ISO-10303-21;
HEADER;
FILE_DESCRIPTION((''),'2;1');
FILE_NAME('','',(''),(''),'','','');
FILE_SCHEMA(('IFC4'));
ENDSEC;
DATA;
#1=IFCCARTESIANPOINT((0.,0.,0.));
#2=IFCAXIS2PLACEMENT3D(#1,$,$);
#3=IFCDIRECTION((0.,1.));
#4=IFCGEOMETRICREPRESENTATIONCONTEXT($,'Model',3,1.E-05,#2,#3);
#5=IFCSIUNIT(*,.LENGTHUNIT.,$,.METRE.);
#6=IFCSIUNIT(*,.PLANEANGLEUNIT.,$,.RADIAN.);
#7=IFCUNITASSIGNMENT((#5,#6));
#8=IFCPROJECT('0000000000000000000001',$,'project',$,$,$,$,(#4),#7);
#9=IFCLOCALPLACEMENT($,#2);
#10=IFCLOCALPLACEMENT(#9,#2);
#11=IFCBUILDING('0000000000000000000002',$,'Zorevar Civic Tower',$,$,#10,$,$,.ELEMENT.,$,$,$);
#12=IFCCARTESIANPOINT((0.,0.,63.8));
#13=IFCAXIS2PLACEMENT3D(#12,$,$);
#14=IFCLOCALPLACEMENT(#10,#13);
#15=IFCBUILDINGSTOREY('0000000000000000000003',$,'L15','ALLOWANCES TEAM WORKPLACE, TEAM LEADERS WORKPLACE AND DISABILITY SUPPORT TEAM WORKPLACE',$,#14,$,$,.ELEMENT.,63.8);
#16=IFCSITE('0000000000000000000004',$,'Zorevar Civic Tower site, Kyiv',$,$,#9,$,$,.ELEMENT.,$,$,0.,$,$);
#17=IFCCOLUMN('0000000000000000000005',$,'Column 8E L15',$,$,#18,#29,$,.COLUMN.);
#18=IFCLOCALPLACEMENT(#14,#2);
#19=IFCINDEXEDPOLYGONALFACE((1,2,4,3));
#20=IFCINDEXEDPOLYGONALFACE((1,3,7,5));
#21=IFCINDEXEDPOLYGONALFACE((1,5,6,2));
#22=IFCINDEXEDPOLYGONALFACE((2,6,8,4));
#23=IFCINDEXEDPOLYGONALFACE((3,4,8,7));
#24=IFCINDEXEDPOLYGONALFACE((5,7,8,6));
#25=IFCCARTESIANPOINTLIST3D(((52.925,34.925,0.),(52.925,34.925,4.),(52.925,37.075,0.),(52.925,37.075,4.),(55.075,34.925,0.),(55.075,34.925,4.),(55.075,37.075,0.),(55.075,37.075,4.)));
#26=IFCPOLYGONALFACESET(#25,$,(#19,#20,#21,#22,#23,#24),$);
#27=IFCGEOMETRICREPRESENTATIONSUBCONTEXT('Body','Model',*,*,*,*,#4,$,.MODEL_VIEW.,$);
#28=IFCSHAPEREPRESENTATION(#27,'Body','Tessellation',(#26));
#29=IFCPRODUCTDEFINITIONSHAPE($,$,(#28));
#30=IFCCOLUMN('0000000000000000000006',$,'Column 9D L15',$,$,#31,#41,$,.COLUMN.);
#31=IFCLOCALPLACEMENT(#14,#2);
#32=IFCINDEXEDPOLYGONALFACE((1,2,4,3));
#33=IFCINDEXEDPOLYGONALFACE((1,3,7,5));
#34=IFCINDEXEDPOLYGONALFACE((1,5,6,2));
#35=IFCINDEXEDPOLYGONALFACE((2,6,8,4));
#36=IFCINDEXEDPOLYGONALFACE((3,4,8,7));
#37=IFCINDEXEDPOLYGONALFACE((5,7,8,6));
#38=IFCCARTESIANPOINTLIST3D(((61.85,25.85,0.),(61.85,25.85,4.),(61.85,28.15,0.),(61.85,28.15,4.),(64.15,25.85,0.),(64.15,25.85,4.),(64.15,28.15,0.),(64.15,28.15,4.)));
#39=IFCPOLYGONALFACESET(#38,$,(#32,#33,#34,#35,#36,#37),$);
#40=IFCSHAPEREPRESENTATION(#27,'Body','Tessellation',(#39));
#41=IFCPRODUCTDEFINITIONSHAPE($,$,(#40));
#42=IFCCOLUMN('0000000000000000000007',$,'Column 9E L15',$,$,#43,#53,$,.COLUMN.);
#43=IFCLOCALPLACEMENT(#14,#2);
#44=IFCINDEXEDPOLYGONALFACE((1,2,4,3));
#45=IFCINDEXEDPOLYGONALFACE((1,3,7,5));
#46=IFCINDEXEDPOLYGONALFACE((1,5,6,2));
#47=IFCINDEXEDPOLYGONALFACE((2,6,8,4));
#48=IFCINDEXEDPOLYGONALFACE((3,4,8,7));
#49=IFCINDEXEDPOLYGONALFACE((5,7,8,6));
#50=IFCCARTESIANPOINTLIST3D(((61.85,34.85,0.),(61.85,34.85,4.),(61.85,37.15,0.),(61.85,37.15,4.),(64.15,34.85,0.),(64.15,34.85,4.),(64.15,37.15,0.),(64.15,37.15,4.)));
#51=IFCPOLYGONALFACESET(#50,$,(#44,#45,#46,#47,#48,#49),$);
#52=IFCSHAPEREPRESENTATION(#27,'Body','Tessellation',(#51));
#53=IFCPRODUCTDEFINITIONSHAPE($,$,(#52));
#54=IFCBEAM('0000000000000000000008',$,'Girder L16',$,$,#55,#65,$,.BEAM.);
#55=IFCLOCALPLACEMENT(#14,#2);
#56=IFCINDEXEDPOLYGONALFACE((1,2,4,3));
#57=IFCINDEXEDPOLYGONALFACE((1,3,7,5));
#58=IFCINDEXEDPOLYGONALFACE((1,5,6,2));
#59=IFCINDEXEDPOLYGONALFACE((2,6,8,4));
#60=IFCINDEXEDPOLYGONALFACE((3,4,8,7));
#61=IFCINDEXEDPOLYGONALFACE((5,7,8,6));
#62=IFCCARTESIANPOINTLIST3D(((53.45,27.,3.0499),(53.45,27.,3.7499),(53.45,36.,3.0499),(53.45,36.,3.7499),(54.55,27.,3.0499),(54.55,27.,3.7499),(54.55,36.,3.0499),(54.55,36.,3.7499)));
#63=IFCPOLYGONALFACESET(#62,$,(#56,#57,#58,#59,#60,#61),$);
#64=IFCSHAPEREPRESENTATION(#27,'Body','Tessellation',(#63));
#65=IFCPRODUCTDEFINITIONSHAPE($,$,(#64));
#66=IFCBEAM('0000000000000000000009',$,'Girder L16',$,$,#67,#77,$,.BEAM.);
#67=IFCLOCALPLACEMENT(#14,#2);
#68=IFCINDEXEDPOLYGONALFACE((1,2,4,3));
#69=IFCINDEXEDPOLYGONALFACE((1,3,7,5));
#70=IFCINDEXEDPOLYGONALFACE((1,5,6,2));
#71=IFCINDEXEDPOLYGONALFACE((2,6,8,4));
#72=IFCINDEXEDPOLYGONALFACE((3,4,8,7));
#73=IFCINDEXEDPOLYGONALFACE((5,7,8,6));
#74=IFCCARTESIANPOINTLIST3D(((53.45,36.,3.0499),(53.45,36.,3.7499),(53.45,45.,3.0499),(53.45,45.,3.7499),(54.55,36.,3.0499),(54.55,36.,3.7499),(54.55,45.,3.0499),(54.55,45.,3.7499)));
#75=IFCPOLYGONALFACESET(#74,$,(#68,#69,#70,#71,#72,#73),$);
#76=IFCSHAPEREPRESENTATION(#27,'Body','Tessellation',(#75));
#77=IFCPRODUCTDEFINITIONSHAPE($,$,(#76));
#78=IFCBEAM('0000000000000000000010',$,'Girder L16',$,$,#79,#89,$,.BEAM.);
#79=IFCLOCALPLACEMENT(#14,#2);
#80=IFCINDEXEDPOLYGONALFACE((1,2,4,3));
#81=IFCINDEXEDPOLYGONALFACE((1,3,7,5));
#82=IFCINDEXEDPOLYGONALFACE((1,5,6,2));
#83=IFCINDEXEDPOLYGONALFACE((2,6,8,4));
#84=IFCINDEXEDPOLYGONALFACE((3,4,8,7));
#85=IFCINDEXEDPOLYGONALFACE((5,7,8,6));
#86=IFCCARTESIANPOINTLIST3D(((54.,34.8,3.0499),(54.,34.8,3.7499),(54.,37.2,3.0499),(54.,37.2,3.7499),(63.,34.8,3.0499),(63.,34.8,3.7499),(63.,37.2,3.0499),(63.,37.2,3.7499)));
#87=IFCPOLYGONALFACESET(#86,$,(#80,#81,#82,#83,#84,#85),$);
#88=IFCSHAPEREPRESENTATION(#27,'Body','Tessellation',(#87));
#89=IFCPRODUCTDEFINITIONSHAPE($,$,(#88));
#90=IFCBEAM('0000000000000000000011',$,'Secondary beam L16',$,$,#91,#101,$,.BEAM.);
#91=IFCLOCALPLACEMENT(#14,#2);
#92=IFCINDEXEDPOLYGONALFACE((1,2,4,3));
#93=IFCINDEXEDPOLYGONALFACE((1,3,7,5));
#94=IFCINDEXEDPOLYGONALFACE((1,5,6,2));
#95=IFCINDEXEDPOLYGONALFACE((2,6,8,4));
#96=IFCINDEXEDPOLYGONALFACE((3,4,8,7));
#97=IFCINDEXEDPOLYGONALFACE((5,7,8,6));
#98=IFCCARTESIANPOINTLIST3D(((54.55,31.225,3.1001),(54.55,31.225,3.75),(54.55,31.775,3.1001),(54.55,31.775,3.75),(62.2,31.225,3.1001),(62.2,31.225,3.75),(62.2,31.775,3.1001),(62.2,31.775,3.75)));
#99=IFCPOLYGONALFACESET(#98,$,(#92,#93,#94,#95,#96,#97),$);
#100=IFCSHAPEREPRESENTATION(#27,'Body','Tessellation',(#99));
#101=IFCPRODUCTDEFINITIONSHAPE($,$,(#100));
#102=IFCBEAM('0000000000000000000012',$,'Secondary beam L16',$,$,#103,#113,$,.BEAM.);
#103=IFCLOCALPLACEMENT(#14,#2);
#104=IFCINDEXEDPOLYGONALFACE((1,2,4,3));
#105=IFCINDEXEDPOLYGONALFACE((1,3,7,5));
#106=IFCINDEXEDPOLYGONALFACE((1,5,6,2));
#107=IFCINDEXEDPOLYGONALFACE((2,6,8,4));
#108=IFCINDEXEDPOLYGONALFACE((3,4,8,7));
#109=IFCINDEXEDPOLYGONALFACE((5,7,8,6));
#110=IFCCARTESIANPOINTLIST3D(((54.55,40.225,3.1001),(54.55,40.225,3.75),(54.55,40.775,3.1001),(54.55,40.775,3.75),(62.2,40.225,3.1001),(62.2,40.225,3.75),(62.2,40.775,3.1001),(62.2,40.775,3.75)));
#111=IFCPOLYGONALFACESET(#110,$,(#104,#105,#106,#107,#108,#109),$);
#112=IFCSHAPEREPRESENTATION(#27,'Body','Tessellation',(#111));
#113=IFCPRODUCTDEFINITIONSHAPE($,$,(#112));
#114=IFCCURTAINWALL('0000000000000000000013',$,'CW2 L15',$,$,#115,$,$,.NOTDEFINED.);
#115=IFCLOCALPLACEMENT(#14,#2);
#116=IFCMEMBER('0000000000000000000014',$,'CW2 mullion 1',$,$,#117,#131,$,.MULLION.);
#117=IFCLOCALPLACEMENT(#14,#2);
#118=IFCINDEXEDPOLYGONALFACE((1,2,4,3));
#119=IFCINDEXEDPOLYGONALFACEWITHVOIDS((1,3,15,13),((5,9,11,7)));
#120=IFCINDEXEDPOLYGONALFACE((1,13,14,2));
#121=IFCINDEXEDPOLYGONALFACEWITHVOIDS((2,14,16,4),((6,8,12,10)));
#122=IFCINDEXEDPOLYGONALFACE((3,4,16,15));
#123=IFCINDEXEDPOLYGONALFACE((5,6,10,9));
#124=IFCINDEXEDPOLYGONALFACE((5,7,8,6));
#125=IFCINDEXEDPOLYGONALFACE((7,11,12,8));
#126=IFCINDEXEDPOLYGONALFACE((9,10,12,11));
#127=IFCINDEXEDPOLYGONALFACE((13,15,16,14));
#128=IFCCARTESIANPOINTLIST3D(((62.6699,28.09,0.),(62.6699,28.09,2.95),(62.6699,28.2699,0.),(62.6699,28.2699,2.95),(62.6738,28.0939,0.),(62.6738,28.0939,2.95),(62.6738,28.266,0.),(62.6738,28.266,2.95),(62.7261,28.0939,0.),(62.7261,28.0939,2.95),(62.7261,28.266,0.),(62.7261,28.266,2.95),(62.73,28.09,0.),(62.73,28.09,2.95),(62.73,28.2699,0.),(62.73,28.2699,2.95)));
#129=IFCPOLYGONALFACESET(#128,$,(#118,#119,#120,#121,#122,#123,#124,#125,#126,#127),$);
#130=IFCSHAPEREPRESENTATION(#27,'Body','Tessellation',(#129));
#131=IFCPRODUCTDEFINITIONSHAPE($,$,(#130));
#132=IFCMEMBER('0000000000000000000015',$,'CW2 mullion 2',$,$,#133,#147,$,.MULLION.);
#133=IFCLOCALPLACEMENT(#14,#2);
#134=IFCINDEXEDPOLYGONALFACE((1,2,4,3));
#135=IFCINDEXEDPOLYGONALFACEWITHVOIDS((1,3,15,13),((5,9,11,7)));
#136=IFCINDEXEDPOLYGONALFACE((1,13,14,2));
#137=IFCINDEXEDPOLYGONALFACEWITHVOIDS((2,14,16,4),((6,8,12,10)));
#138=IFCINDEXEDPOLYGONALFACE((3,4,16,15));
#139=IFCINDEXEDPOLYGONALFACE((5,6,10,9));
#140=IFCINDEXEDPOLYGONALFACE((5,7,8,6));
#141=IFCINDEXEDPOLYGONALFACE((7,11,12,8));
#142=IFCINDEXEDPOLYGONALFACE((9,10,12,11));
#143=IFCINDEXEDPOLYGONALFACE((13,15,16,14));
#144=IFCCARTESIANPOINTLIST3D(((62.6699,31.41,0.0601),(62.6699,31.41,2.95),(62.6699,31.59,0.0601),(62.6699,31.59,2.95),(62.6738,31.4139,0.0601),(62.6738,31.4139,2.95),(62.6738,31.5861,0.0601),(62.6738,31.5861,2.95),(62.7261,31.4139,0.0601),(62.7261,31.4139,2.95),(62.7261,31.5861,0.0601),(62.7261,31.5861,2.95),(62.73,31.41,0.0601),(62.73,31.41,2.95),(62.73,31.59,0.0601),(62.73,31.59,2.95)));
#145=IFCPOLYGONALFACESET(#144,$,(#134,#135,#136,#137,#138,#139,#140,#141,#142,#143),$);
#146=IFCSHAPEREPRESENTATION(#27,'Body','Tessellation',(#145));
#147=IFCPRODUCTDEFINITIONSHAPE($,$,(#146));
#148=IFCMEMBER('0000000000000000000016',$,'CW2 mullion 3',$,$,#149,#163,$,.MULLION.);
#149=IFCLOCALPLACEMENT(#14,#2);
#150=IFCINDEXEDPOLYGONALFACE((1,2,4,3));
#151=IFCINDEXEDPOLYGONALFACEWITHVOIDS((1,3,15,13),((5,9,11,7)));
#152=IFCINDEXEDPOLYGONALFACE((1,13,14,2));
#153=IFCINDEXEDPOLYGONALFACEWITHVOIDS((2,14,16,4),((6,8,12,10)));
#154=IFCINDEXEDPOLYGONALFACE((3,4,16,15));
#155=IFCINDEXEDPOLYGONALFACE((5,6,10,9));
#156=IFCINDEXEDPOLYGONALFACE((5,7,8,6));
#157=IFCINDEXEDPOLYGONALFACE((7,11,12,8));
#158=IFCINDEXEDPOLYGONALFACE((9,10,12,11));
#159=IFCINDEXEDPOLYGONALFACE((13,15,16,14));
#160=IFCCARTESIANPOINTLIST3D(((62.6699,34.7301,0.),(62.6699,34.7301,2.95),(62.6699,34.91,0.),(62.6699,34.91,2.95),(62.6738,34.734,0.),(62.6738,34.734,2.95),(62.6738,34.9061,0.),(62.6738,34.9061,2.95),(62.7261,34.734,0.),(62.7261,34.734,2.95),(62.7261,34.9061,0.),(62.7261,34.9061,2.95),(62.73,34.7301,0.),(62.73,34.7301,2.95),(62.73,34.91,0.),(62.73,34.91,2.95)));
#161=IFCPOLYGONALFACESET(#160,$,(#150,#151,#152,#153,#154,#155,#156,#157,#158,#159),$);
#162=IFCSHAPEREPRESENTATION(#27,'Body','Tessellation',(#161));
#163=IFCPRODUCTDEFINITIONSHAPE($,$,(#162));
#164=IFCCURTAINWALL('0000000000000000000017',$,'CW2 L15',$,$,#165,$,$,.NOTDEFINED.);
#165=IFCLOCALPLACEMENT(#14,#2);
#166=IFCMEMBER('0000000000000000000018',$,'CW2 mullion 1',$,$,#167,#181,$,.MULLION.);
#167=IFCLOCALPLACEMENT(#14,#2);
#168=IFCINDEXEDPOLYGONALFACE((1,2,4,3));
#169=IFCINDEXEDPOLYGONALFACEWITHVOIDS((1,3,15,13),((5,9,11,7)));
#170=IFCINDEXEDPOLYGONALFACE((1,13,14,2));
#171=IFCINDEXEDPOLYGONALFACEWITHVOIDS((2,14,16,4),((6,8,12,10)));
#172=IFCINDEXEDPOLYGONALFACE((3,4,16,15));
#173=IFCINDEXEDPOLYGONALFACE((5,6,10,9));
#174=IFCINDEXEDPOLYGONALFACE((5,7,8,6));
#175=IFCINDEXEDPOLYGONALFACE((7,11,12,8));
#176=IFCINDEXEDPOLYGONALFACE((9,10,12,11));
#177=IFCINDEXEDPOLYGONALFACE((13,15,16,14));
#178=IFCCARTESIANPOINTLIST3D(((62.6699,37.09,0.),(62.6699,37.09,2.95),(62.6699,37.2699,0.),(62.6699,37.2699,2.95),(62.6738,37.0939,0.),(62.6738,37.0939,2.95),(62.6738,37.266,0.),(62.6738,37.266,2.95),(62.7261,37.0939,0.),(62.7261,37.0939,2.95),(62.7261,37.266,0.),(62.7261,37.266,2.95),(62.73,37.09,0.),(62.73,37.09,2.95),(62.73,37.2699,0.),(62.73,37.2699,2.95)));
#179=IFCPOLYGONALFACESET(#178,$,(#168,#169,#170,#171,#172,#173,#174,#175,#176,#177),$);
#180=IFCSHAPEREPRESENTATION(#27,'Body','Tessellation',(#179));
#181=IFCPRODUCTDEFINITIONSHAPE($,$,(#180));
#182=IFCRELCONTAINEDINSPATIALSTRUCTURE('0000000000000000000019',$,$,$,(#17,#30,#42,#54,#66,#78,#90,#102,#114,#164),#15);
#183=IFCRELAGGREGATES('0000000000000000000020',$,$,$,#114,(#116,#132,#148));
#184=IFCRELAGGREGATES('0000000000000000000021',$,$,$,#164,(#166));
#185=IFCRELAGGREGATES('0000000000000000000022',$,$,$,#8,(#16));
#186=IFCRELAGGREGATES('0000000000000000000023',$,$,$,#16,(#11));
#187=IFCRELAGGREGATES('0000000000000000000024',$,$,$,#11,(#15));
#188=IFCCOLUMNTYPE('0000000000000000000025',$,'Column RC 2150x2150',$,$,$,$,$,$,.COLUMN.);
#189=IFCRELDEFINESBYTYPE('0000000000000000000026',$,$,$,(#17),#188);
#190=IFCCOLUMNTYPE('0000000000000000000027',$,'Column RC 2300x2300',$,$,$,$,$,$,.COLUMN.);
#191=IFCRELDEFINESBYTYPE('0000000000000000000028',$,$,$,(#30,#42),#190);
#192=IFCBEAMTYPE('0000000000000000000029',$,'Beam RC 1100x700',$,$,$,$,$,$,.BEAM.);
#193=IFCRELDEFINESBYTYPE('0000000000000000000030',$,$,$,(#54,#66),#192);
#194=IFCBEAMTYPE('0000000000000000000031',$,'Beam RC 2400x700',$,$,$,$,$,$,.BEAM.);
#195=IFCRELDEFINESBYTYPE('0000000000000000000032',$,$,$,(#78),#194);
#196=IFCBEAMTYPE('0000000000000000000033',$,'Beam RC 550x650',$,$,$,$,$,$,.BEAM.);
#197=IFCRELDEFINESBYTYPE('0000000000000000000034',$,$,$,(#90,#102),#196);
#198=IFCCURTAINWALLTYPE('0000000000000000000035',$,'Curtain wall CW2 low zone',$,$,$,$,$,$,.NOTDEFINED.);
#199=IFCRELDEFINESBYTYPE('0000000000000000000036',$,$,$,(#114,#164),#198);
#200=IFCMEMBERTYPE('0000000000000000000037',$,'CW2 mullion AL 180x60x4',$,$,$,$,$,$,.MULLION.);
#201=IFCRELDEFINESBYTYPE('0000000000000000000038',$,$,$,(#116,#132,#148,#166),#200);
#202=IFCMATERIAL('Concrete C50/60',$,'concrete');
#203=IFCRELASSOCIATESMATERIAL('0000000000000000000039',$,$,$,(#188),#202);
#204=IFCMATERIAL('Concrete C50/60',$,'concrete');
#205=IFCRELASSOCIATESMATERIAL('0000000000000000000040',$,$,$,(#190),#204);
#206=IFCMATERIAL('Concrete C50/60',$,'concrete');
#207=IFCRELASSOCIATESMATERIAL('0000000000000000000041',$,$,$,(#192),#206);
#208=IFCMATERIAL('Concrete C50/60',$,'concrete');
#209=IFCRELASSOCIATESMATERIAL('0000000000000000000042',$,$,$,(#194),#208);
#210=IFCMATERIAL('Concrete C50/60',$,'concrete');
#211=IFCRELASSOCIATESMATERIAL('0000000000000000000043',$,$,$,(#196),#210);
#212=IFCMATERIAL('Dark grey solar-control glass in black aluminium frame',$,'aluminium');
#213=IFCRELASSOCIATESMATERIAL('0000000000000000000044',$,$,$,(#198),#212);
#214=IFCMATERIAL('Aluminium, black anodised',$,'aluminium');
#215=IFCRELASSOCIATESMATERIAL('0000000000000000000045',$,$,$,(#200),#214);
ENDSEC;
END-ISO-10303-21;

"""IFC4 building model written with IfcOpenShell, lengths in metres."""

from ifc_helpers import new_model, si_unit, direction, frame, origin, origin_2d, place, context, subcontext, project, spatial, rectangle, hollow_rectangle, extrude, material, material_profile, profile_set, type_object, element, aggregate, save


model = new_model("IFC4")

# Units and contexts
model_context = context("Model", 3, precision=1e-05, world=origin(), true_north=direction((0.0, 1.0)))
body_context = subcontext(model_context, "Body", "Model", "MODEL_VIEW")
ifc_project = project(units=[si_unit("LENGTHUNIT", "METRE"), si_unit("PLANEANGLEUNIT", "RADIAN")], contexts=[model_context])

# Site, building, storey
site_placement = place(None, origin())
site = spatial("IfcSite", under=ifc_project, at=site_placement, Name="Zorevar Civic Tower site, Kyiv", CompositionType="ELEMENT", RefElevation=0.0)
building_placement = place(site_placement, origin())
building = spatial("IfcBuilding", under=site, at=building_placement, Name="Zorevar Civic Tower", CompositionType="ELEMENT")
storey_placement = place(building_placement, frame((0.0, 0.0, 63.8)))
storey = spatial("IfcBuildingStorey", under=building, at=storey_placement, Name="L15", Description="ALLOWANCES TEAM WORKPLACE, TEAM LEADERS WORKPLACE AND DISABILITY SUPPORT TEAM WORKPLACE", CompositionType="ELEMENT", Elevation=63.8)

# Columns
ifc_material_1 = material(Name="Concrete C50/60", Category="concrete")
ifc_material_profile_1 = material_profile(ifc_material_1, rectangle(XDim=2.1499, YDim=2.1499, at=origin_2d()), Name="RC 2150x2150")
ifc_profile_set_1 = profile_set([ifc_material_profile_1], Name="Concrete C50/60")
column_type_1 = type_object("IfcColumnType", Name="Column RC 2150x2150", PredefinedType="COLUMN", material=ifc_profile_set_1)
column_placement = place(storey_placement, frame((54.0, 36.0, 0.0), z_axis=(0.0, 0.0, 1.0), x_axis=(1.0, 0.0, 0.0)))
element("IfcColumn", 1, at=column_placement, inside=storey, type_object=column_type_1, Name="Column 8E L15", PredefinedType="COLUMN", context=body_context, shape_type="SweptSolid", body=[
    extrude(rectangle(XDim=2.1499, YDim=2.1499, at=origin_2d()), origin(), (0.0, 0.0, 1.0), 4.0),
])
ifc_material_2 = material(Name="Concrete C50/60", Category="concrete")
ifc_material_profile_2 = material_profile(ifc_material_2, rectangle(XDim=2.3, YDim=2.3, at=origin_2d()), Name="RC 2300x2300")
ifc_profile_set_2 = profile_set([ifc_material_profile_2], Name="Concrete C50/60")
column_type_2 = type_object("IfcColumnType", Name="Column RC 2300x2300", PredefinedType="COLUMN", material=ifc_profile_set_2)
for number, where, z_axis, x_axis, name in (
    (2, (63.0, 27.0, 0.0), (0.0, 0.0, 1.0), (1.0, 0.0, 0.0), "Column 9D L15"),
    (3, (63.0, 36.0, 0.0), (0.0, 0.0, 1.0), (1.0, 0.0, 0.0), "Column 9E L15"),
):
    element("IfcColumn", number, at=place(storey_placement, frame(where, z_axis=z_axis, x_axis=x_axis)), inside=storey, type_object=column_type_2, Name=name, PredefinedType="COLUMN", context=body_context, shape_type="SweptSolid", body=[
        extrude(rectangle(XDim=2.3, YDim=2.3, at=origin_2d()), origin(), (0.0, 0.0, 1.0), 4.0),
    ])

# Beams
ifc_material_3 = material(Name="Concrete C50/60", Category="concrete")
ifc_material_profile_3 = material_profile(ifc_material_3, rectangle(XDim=1.1001, YDim=0.7, at=origin_2d()), Name="RC 1100x700")
ifc_profile_set_3 = profile_set([ifc_material_profile_3], Name="Concrete C50/60")
beam_type_1 = type_object("IfcBeamType", Name="Beam RC 1100x700", PredefinedType="BEAM", material=ifc_profile_set_3)
for number, where, z_axis, x_axis, name in (
    (4, (54.0, 27.0, 3.3999), (0.0, 1.0, 0.0), (-1.0, 0.0, 0.0), "Girder L16"),
    (5, (54.0, 36.0, 3.3999), (0.0, 1.0, 0.0), (-1.0, 0.0, 0.0), "Girder L16"),
):
    element("IfcBeam", number, at=place(storey_placement, frame(where, z_axis=z_axis, x_axis=x_axis)), inside=storey, type_object=beam_type_1, Name=name, PredefinedType="BEAM", context=body_context, shape_type="SweptSolid", body=[
        extrude(rectangle(XDim=1.1001, YDim=0.7, at=origin_2d()), origin(), (0.0, 0.0, 1.0), 9.0),
    ])
ifc_material_4 = material(Name="Concrete C50/60", Category="concrete")
ifc_material_profile_4 = material_profile(ifc_material_4, rectangle(XDim=2.3999, YDim=0.7, at=origin_2d()), Name="RC 2400x700")
ifc_profile_set_4 = profile_set([ifc_material_profile_4], Name="Concrete C50/60")
beam_type_2 = type_object("IfcBeamType", Name="Beam RC 2400x700", PredefinedType="BEAM", material=ifc_profile_set_4)
beam_placement = place(storey_placement, frame((54.0, 36.0, 3.3999), z_axis=(1.0, 0.0, 0.0), x_axis=(0.0, 1.0, 0.0)))
element("IfcBeam", 6, at=beam_placement, inside=storey, type_object=beam_type_2, Name="Girder L16", PredefinedType="BEAM", context=body_context, shape_type="SweptSolid", body=[
    extrude(rectangle(XDim=2.3999, YDim=0.7, at=origin_2d()), origin(), (0.0, 0.0, 1.0), 9.0),
])
ifc_material_5 = material(Name="Concrete C50/60", Category="concrete")
ifc_material_profile_5 = material_profile(ifc_material_5, rectangle(XDim=0.55, YDim=0.6499, at=origin_2d()), Name="RC 550x650")
ifc_profile_set_5 = profile_set([ifc_material_profile_5], Name="Concrete C50/60")
beam_type_3 = type_object("IfcBeamType", Name="Beam RC 550x650", PredefinedType="BEAM", material=ifc_profile_set_5)
for number, where, z_axis, x_axis, name in (
    (7, (54.55, 31.5, 3.425), (1.0, 0.0, 0.0), (0.0, 1.0, 0.0), "Secondary beam L16"),
    (8, (54.55, 40.5, 3.425), (1.0, 0.0, 0.0), (0.0, 1.0, 0.0), "Secondary beam L16"),
):
    element("IfcBeam", number, at=place(storey_placement, frame(where, z_axis=z_axis, x_axis=x_axis)), inside=storey, type_object=beam_type_3, Name=name, PredefinedType="BEAM", context=body_context, shape_type="SweptSolid", body=[
        extrude(rectangle(XDim=0.55, YDim=0.6499, at=origin_2d()), origin(), (0.0, 0.0, 1.0), 7.6499),
    ])

# Curtain walls, members
ifc_material_6 = material(Name="Dark grey solar-control glass in black aluminium frame", Category="aluminium")
curtain_wall_type = type_object("IfcCurtainWallType", Name="Curtain wall CW2 low zone", PredefinedType="NOTDEFINED", material=ifc_material_6)
curtain_wall_1_placement = place(storey_placement, origin())
curtain_wall_1 = element("IfcCurtainWall", 9, at=curtain_wall_1_placement, inside=storey, type_object=curtain_wall_type, Name="CW2 L15", PredefinedType="NOTDEFINED")
ifc_material_7 = material(Name="Aluminium, black anodised", Category="aluminium")
ifc_material_profile_6 = material_profile(ifc_material_7, hollow_rectangle(XDim=0.0601, YDim=0.1799, WallThickness=0.0039, at=origin_2d()), Name="AL 180x60x4")
ifc_profile_set_6 = profile_set([ifc_material_profile_6], Name="Aluminium, black anodised")
member_type_1 = type_object("IfcMemberType", Name="CW2 mullion AL 180x60x4", PredefinedType="MULLION", material=ifc_profile_set_6)
member_1_placement = place(storey_placement, frame((62.7, 28.1799, 0.0), z_axis=(0.0, 0.0, 1.0), x_axis=(-1.0, 0.0, 0.0)))
member_1 = element("IfcMember", 10, at=member_1_placement, type_object=member_type_1, Name="CW2 mullion 1", PredefinedType="MULLION", context=body_context, shape_type="SweptSolid", body=[
    extrude(hollow_rectangle(XDim=0.0601, YDim=0.1799, WallThickness=0.0039, at=origin_2d()), origin(), (0.0, 0.0, 1.0), 2.95),
])
member_2_placement = place(storey_placement, frame((62.7, 31.5, 0.0601), z_axis=(0.0, 0.0, 1.0), x_axis=(-1.0, 0.0, 0.0)))
member_2 = element("IfcMember", 11, at=member_2_placement, type_object=member_type_1, Name="CW2 mullion 2", PredefinedType="MULLION", context=body_context, shape_type="SweptSolid", body=[
    extrude(hollow_rectangle(XDim=0.0601, YDim=0.1799, WallThickness=0.0039, at=origin_2d()), origin(), (0.0, 0.0, 1.0), 2.8899),
])
member_3_placement = place(storey_placement, frame((62.7, 34.8201, 0.0), z_axis=(0.0, 0.0, 1.0), x_axis=(-1.0, 0.0, 0.0)))
member_3 = element("IfcMember", 12, at=member_3_placement, type_object=member_type_1, Name="CW2 mullion 3", PredefinedType="MULLION", context=body_context, shape_type="SweptSolid", body=[
    extrude(hollow_rectangle(XDim=0.0601, YDim=0.1799, WallThickness=0.0039, at=origin_2d()), origin(), (0.0, 0.0, 1.0), 2.95),
])
curtain_wall_2_placement = place(storey_placement, origin())
curtain_wall_2 = element("IfcCurtainWall", 13, at=curtain_wall_2_placement, inside=storey, type_object=curtain_wall_type, Name="CW2 L15", PredefinedType="NOTDEFINED")
member_4_placement = place(storey_placement, frame((62.7, 37.1799, 0.0), z_axis=(0.0, 0.0, 1.0), x_axis=(-1.0, 0.0, 0.0)))
member_4 = element("IfcMember", 14, at=member_4_placement, type_object=member_type_1, Name="CW2 mullion 1", PredefinedType="MULLION", context=body_context, shape_type="SweptSolid", body=[
    extrude(hollow_rectangle(XDim=0.0601, YDim=0.1799, WallThickness=0.0039, at=origin_2d()), origin(), (0.0, 0.0, 1.0), 2.95),
])

aggregate(curtain_wall_1, [member_1, member_2, member_3])
aggregate(curtain_wall_2, [member_4])

save(model, "model.ifc")
